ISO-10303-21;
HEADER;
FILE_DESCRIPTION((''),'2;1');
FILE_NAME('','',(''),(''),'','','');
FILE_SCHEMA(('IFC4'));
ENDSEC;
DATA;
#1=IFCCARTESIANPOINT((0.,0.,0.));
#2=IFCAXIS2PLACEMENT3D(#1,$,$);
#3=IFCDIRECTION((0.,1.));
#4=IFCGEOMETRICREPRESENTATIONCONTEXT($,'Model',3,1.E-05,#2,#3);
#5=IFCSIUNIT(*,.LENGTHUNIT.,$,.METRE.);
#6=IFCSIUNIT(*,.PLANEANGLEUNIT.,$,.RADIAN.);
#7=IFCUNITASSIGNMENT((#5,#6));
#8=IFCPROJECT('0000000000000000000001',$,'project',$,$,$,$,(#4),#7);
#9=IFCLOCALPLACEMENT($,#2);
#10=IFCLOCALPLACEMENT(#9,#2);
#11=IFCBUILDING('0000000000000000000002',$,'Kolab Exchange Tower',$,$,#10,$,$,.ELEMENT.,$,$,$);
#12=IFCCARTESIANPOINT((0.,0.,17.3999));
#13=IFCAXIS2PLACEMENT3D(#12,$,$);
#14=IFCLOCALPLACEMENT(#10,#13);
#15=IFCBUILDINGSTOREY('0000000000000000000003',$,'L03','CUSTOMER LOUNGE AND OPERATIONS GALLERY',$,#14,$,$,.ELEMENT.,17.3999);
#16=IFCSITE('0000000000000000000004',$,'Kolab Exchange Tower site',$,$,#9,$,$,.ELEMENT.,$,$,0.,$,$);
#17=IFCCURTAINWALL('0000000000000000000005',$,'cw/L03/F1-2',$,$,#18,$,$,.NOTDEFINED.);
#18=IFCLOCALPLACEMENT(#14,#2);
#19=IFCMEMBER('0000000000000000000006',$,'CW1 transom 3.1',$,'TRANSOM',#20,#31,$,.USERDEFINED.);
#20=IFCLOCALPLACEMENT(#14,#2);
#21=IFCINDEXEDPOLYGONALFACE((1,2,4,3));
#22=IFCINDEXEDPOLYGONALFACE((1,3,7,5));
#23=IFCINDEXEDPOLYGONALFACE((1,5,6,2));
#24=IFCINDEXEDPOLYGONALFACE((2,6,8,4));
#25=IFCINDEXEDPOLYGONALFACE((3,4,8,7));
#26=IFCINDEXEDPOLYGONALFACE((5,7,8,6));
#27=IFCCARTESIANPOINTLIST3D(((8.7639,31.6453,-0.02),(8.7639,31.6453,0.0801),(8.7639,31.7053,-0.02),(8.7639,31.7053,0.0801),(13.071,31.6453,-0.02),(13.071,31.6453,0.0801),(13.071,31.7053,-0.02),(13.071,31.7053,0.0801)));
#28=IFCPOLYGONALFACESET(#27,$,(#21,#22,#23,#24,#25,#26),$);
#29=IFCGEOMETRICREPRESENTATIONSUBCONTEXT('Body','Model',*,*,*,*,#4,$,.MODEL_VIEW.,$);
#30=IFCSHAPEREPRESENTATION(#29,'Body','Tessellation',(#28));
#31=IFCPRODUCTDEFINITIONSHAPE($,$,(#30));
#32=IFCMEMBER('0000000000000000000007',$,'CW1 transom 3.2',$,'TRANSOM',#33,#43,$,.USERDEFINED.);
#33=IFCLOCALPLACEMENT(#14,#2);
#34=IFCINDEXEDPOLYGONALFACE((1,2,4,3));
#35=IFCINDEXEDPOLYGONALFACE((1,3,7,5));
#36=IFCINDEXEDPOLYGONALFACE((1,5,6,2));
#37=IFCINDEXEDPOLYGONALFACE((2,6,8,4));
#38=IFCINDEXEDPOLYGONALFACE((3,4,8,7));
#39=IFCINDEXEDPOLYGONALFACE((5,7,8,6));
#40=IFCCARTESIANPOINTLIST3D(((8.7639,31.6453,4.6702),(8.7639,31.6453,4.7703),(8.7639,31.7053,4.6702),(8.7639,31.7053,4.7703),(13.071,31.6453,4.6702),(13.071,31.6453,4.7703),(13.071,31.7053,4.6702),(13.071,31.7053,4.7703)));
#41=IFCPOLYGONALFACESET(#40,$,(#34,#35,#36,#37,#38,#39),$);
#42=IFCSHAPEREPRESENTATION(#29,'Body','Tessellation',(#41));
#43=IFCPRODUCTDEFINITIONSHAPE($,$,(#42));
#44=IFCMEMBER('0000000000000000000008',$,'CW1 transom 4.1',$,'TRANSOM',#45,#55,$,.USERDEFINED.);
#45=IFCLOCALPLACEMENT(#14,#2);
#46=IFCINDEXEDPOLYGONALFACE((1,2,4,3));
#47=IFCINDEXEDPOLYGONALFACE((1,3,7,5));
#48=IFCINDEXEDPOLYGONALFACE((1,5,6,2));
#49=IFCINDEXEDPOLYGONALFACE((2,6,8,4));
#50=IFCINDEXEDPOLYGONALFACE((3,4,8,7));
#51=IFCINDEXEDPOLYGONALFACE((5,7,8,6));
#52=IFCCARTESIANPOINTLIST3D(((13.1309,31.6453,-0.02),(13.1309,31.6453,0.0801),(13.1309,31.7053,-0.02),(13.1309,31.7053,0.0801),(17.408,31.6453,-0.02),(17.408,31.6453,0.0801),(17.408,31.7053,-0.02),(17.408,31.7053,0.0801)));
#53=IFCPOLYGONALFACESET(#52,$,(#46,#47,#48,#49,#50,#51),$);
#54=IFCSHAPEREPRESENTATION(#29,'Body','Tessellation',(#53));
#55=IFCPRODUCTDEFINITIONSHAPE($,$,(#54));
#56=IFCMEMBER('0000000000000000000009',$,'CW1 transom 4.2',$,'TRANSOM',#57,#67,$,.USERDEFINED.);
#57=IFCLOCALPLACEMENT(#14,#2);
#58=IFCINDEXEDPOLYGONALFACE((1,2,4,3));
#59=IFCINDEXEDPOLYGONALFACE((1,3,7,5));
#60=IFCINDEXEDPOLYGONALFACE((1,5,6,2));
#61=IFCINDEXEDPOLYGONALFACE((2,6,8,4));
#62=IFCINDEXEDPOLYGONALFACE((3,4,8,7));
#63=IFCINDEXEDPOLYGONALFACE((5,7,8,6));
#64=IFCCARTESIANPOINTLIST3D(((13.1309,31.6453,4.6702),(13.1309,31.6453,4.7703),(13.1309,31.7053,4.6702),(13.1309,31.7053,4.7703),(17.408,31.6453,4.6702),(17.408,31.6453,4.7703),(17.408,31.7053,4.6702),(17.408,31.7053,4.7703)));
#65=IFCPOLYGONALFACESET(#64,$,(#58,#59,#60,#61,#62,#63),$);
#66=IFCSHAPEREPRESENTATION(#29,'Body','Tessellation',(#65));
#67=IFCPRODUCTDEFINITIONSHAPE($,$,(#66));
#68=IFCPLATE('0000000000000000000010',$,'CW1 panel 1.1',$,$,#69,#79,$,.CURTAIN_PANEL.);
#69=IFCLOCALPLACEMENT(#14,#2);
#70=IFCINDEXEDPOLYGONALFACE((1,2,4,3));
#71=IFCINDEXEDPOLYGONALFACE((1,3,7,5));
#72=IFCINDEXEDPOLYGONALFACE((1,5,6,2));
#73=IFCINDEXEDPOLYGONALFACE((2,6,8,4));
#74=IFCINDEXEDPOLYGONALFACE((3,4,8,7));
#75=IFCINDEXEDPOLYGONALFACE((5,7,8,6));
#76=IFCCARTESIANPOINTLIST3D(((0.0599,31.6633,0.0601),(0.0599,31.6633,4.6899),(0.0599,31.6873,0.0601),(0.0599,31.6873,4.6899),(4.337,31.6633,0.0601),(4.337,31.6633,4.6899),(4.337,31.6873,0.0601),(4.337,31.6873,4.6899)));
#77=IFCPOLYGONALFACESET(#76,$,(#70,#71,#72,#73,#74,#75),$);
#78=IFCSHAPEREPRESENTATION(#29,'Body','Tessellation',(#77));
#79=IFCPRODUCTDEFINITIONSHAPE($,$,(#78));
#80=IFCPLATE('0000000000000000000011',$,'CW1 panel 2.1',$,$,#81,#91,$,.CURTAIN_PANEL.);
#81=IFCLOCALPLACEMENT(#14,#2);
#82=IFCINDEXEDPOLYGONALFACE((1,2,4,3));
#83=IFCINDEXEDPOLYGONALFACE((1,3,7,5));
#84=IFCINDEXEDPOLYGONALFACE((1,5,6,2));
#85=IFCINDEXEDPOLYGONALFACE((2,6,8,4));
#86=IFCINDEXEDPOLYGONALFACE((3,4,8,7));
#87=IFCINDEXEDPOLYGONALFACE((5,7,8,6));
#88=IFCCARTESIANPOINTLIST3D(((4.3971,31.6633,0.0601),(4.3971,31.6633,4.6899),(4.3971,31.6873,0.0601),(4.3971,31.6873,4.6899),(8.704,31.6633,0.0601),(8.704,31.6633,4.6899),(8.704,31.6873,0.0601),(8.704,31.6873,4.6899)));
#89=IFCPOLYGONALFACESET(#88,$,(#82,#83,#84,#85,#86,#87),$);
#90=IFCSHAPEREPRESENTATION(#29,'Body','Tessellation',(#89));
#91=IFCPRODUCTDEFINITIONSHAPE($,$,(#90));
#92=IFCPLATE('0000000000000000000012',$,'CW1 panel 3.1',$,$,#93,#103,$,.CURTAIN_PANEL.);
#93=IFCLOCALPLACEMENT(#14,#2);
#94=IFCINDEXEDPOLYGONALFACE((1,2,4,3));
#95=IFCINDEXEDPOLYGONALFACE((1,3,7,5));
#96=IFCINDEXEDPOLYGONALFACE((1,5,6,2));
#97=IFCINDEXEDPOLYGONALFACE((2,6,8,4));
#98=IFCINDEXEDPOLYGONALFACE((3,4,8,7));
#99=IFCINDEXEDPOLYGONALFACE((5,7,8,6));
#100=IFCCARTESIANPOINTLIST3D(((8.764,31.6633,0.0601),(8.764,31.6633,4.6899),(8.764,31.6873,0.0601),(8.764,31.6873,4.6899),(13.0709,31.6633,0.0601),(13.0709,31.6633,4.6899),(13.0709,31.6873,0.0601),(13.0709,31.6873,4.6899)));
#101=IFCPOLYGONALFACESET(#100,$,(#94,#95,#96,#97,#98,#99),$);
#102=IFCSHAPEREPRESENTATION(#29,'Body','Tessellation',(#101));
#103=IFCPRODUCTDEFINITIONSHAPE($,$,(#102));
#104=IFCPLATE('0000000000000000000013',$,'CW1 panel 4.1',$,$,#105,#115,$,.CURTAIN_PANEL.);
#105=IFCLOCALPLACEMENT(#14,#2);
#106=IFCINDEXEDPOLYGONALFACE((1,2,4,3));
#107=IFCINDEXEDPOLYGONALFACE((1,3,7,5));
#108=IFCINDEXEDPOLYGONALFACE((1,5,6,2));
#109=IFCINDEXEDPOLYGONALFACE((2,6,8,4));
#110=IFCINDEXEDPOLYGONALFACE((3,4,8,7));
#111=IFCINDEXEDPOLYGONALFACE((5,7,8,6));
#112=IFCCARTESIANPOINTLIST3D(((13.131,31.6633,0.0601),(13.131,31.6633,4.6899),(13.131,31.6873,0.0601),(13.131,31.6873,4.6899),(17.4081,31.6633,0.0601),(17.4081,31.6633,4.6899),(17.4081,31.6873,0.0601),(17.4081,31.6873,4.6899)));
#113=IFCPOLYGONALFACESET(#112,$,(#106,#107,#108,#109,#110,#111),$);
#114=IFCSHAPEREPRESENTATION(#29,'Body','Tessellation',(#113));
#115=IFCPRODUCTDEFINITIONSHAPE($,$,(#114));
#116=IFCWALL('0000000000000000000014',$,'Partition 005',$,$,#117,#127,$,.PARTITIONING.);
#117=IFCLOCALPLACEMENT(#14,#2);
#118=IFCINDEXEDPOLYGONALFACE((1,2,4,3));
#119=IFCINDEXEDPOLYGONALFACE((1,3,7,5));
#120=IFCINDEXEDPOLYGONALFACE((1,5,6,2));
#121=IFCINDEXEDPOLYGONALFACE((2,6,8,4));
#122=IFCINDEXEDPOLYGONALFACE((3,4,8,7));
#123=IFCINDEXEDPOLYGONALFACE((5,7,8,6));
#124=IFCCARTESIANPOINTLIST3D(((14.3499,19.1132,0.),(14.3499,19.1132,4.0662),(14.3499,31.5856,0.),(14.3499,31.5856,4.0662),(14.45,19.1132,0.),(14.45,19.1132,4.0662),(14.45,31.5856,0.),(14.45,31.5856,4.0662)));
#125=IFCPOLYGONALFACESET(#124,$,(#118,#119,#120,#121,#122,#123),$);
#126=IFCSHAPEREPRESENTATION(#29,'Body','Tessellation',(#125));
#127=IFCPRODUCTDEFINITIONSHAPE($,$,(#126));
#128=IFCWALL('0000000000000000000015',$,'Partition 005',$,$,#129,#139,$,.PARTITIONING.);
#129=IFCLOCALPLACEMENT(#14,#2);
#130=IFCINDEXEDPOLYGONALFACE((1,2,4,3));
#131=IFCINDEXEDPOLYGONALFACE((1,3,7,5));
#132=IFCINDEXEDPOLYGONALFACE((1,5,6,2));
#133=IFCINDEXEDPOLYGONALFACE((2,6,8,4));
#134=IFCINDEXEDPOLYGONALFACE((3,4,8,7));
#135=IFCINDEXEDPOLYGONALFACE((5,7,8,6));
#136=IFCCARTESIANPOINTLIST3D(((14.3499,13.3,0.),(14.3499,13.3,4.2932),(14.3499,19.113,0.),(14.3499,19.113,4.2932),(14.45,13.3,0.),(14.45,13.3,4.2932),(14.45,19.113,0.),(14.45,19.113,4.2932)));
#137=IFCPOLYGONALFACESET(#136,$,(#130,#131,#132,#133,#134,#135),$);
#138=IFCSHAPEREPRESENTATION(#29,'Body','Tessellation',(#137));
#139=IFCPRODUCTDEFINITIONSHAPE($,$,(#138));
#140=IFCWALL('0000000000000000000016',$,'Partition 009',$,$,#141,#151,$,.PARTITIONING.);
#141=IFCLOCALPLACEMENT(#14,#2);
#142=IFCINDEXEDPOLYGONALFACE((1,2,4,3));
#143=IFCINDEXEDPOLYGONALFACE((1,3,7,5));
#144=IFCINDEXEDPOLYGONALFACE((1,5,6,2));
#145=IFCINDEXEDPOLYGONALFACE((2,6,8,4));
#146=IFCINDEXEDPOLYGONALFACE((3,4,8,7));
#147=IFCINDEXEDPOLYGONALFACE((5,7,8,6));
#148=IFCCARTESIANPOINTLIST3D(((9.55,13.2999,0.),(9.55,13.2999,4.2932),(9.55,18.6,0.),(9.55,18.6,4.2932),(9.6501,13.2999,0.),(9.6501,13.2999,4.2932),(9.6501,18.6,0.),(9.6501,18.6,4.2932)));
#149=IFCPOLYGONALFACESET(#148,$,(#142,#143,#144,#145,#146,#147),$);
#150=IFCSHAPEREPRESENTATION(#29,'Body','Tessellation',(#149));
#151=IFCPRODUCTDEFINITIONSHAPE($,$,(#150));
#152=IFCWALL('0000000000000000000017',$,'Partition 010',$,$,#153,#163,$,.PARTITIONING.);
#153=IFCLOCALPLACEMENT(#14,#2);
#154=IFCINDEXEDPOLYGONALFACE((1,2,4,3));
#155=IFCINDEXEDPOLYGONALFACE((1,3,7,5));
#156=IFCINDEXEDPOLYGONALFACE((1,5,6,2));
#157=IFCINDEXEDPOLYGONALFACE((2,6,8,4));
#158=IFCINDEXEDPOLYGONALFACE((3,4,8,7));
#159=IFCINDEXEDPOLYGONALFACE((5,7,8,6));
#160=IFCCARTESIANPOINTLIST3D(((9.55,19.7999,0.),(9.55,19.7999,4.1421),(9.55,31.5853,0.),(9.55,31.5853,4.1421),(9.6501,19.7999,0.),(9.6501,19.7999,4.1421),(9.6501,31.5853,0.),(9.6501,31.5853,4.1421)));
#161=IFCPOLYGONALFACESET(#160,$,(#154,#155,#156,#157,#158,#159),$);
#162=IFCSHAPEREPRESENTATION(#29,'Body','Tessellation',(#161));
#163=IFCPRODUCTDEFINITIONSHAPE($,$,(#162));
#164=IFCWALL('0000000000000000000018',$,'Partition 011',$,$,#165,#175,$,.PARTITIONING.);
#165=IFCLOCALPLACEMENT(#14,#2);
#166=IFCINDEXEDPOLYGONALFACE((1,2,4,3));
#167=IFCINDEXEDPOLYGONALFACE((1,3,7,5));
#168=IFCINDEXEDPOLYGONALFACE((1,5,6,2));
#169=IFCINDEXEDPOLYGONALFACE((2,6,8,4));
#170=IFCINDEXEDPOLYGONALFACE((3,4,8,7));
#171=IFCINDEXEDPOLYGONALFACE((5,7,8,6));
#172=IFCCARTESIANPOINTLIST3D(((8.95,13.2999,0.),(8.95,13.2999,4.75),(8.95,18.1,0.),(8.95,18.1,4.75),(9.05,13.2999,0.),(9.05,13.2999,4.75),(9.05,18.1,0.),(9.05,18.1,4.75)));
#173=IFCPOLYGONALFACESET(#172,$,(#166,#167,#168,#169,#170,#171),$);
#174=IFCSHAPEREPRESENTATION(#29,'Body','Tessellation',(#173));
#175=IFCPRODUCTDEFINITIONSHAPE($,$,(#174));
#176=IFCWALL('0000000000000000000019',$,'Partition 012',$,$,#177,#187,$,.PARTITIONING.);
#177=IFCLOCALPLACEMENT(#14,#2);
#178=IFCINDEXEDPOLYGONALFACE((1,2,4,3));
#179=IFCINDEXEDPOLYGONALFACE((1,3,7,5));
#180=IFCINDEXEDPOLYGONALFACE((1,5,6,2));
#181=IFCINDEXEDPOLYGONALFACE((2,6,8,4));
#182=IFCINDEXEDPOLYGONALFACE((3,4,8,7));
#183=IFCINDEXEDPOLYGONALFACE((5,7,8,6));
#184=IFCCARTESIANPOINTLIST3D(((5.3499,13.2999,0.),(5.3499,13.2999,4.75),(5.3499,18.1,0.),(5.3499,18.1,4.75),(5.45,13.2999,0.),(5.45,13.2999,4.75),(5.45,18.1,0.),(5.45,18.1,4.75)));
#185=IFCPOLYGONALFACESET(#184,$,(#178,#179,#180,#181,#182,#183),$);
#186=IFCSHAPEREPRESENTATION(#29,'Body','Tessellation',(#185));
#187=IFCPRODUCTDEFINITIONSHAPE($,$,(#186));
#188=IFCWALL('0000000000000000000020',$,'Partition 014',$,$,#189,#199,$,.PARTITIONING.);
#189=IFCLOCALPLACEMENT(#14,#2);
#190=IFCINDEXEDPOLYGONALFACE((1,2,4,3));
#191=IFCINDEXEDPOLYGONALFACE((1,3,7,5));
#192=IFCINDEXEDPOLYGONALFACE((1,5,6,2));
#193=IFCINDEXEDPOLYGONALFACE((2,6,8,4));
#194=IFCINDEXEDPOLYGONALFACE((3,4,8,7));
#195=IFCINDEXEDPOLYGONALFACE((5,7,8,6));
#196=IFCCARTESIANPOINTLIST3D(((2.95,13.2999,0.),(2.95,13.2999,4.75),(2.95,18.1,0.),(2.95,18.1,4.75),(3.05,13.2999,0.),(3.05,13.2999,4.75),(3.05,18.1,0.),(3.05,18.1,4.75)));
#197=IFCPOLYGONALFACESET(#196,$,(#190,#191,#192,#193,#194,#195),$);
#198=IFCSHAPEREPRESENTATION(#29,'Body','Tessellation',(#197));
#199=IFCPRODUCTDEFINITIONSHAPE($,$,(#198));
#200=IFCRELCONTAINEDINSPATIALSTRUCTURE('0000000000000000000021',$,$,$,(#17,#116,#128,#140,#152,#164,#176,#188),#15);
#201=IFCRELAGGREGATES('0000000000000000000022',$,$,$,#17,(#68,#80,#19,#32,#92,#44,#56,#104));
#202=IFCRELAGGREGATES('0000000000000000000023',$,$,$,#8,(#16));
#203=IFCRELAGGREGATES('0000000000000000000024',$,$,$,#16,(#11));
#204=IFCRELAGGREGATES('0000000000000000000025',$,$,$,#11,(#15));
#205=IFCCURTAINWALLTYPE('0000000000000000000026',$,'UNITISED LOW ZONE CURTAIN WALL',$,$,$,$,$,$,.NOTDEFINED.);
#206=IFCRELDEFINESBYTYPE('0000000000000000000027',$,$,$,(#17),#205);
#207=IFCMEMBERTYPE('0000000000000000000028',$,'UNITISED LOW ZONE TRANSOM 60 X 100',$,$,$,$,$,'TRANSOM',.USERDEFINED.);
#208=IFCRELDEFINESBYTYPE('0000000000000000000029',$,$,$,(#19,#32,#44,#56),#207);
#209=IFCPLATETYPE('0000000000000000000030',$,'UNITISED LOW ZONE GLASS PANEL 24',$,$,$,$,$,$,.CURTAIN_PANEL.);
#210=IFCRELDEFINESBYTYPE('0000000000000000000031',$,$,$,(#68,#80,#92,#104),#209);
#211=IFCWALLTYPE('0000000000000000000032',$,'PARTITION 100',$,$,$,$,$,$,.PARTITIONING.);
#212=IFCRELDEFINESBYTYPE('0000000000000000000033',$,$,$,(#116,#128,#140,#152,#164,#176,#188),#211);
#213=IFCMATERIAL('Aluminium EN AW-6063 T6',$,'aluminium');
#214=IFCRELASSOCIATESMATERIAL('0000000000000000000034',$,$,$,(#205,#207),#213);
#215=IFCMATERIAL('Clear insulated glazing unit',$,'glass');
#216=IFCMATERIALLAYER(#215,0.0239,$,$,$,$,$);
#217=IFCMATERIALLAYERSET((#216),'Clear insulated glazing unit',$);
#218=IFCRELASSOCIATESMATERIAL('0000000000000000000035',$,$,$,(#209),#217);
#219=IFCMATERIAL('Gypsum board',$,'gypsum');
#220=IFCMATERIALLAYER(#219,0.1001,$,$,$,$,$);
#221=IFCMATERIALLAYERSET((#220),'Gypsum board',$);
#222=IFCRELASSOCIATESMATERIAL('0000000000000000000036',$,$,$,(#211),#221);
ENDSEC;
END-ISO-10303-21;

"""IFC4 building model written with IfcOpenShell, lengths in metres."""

from ifc_helpers import new_model, si_unit, direction, frame, frame_2d, origin, origin_2d, place, context, subcontext, project, spatial, rectangle, extrude, material, layer, layer_set, material_profile, profile_set, type_object, element, aggregate, save


model = new_model("IFC4")

# Units and contexts
model_context = context("Model", 3, precision=1e-05, world=origin(), true_north=direction((0.0, 1.0)))
body_context = subcontext(model_context, "Body", "Model", "MODEL_VIEW")
ifc_project = project(units=[si_unit("LENGTHUNIT", "METRE"), si_unit("PLANEANGLEUNIT", "RADIAN")], contexts=[model_context])

# Site, building, storey
site_placement = place(None, origin())
site = spatial("IfcSite", under=ifc_project, at=site_placement, Name="Kolab Exchange Tower site", CompositionType="ELEMENT", RefElevation=0.0)
building_placement = place(site_placement, origin())
building = spatial("IfcBuilding", under=site, at=building_placement, Name="Kolab Exchange Tower", CompositionType="ELEMENT")
storey_placement = place(building_placement, frame((0.0, 0.0, 17.3999)))
storey = spatial("IfcBuildingStorey", under=building, at=storey_placement, Name="L03", Description="CUSTOMER LOUNGE AND OPERATIONS GALLERY", CompositionType="ELEMENT", Elevation=17.3999)

# Curtain wall, members, plates
ifc_material_1 = material(Name="Aluminium EN AW-6063 T6", Category="aluminium")
curtain_wall_type = type_object("IfcCurtainWallType", Name="UNITISED LOW ZONE CURTAIN WALL", PredefinedType="NOTDEFINED", material=ifc_material_1)
curtain_wall_placement = place(storey_placement, origin())
curtain_wall = element("IfcCurtainWall", 1, at=curtain_wall_placement, inside=storey, type_object=curtain_wall_type, Name="cw/L03/F1-2", PredefinedType="NOTDEFINED")
ifc_material_profile_1 = material_profile(ifc_material_1, rectangle(XDim=0.0601, YDim=0.1001, at=origin_2d()), Name="RECT 60X100")
ifc_profile_set_1 = profile_set([ifc_material_profile_1], Name="Aluminium EN AW-6063 T6")
member_type_1 = type_object("IfcMemberType", Name="UNITISED LOW ZONE TRANSOM 60 X 100", ElementType="TRANSOM", PredefinedType="USERDEFINED", material=ifc_profile_set_1)
member_1_placement = place(storey_placement, frame((8.7639, 31.6753, 0.03), z_axis=(1.0, 0.0, 0.0), x_axis=(0.0, 1.0, 0.0)))
member_1 = element("IfcMember", 2, at=member_1_placement, type_object=member_type_1, Name="CW1 transom 3.1", ObjectType="TRANSOM", PredefinedType="USERDEFINED", context=body_context, shape_type="SweptSolid", body=[
    extrude(rectangle(XDim=0.0601, YDim=0.1001, at=origin_2d()), origin(), (0.0, 0.0, 1.0), 4.3071),
])
member_2_placement = place(storey_placement, frame((8.7639, 31.6753, 4.7202), z_axis=(1.0, 0.0, 0.0), x_axis=(0.0, 1.0, 0.0)))
member_2 = element("IfcMember", 3, at=member_2_placement, type_object=member_type_1, Name="CW1 transom 3.2", ObjectType="TRANSOM", PredefinedType="USERDEFINED", context=body_context, shape_type="SweptSolid", body=[
    extrude(rectangle(XDim=0.0601, YDim=0.1001, at=origin_2d()), origin(), (0.0, 0.0, 1.0), 4.3071),
])
member_3_placement = place(storey_placement, frame((13.1309, 31.6753, 0.03), z_axis=(1.0, 0.0, 0.0), x_axis=(0.0, 1.0, 0.0)))
member_3 = element("IfcMember", 4, at=member_3_placement, type_object=member_type_1, Name="CW1 transom 4.1", ObjectType="TRANSOM", PredefinedType="USERDEFINED", context=body_context, shape_type="SweptSolid", body=[
    extrude(rectangle(XDim=0.0601, YDim=0.1001, at=origin_2d()), origin(), (0.0, 0.0, 1.0), 4.2771),
])
member_4_placement = place(storey_placement, frame((13.1309, 31.6753, 4.7202), z_axis=(1.0, 0.0, 0.0), x_axis=(0.0, 1.0, 0.0)))
member_4 = element("IfcMember", 5, at=member_4_placement, type_object=member_type_1, Name="CW1 transom 4.2", ObjectType="TRANSOM", PredefinedType="USERDEFINED", context=body_context, shape_type="SweptSolid", body=[
    extrude(rectangle(XDim=0.0601, YDim=0.1001, at=origin_2d()), origin(), (0.0, 0.0, 1.0), 4.2771),
])
ifc_material_2 = material(Name="Clear insulated glazing unit", Category="glass")
ifc_layer_1 = layer(ifc_material_2, 0.0239)
ifc_layer_set_1 = layer_set([ifc_layer_1], Name="Clear insulated glazing unit")
plate_type = type_object("IfcPlateType", Name="UNITISED LOW ZONE GLASS PANEL 24", PredefinedType="CURTAIN_PANEL", material=ifc_layer_set_1)
plate_1_placement = place(storey_placement, frame((2.1985, 31.6753, 0.0601), z_axis=(0.0, 0.0, 1.0), x_axis=(1.0, 0.0, 0.0)))
plate_1 = element("IfcPlate", 6, at=plate_1_placement, type_object=plate_type, Name="CW1 panel 1.1", PredefinedType="CURTAIN_PANEL", context=body_context, shape_type="SweptSolid", body=[
    extrude(rectangle(XDim=4.2771, YDim=0.0239, at=origin_2d()), origin(), (0.0, 0.0, 1.0), 4.6299),
])
plate_2_placement = place(storey_placement, frame((6.5505, 31.6753, 0.0601), z_axis=(0.0, 0.0, 1.0), x_axis=(1.0, 0.0, 0.0)))
plate_2 = element("IfcPlate", 7, at=plate_2_placement, type_object=plate_type, Name="CW1 panel 2.1", PredefinedType="CURTAIN_PANEL", context=body_context, shape_type="SweptSolid", body=[
    extrude(rectangle(XDim=4.3069, YDim=0.0239, at=origin_2d()), origin(), (0.0, 0.0, 1.0), 4.6299),
])
plate_3_placement = place(storey_placement, frame((10.9175, 31.6753, 0.0601), z_axis=(0.0, 0.0, 1.0), x_axis=(1.0, 0.0, 0.0)))
plate_3 = element("IfcPlate", 8, at=plate_3_placement, type_object=plate_type, Name="CW1 panel 3.1", PredefinedType="CURTAIN_PANEL", context=body_context, shape_type="SweptSolid", body=[
    extrude(rectangle(XDim=4.3069, YDim=0.0239, at=origin_2d()), origin(), (0.0, 0.0, 1.0), 4.6299),
])
plate_4_placement = place(storey_placement, frame((15.2695, 31.6753, 0.0601), z_axis=(0.0, 0.0, 1.0), x_axis=(1.0, 0.0, 0.0)))
plate_4 = element("IfcPlate", 9, at=plate_4_placement, type_object=plate_type, Name="CW1 panel 4.1", PredefinedType="CURTAIN_PANEL", context=body_context, shape_type="SweptSolid", body=[
    extrude(rectangle(XDim=4.2771, YDim=0.0239, at=origin_2d()), origin(), (0.0, 0.0, 1.0), 4.6299),
])
aggregate(curtain_wall, [plate_1, plate_2, member_1, member_2, plate_3, member_3, member_4, plate_4])

# Walls
ifc_material_3 = material(Name="Gypsum board", Category="gypsum")
ifc_layer_2 = layer(ifc_material_3, 0.1001)
ifc_layer_set_2 = layer_set([ifc_layer_2], Name="Gypsum board")
wall_type = type_object("IfcWallType", Name="PARTITION 100", PredefinedType="PARTITIONING", material=ifc_layer_set_2)
wall_1_placement = place(storey_placement, frame((14.3999, 19.113, 0.0), z_axis=(0.0, 0.0, 1.0), x_axis=(0.0, 1.0, 0.0)))
element("IfcWall", 10, at=wall_1_placement, inside=storey, type_object=wall_type, Name="Partition 005", PredefinedType="PARTITIONING", context=body_context, shape_type="SweptSolid", body=[
    extrude(rectangle(XDim=12.4724, YDim=0.1001, at=frame_2d((6.2363, 0.0))), origin(), (0.0, 0.0, 1.0), 4.0662),
])
wall_2_placement = place(storey_placement, frame((14.3999, 13.3, 0.0), z_axis=(0.0, 0.0, 1.0), x_axis=(0.0, 1.0, 0.0)))
element("IfcWall", 11, at=wall_2_placement, inside=storey, type_object=wall_type, Name="Partition 005", PredefinedType="PARTITIONING", context=body_context, shape_type="SweptSolid", body=[
    extrude(rectangle(XDim=5.813, YDim=0.1001, at=frame_2d((2.9065, 0.0))), origin(), (0.0, 0.0, 1.0), 4.2932),
])
wall_3_placement = place(storey_placement, frame((9.6001, 13.3, 0.0), z_axis=(0.0, 0.0, 1.0), x_axis=(0.0, 1.0, 0.0)))
element("IfcWall", 12, at=wall_3_placement, inside=storey, type_object=wall_type, Name="Partition 009", PredefinedType="PARTITIONING", context=body_context, shape_type="SweptSolid", body=[
    extrude(rectangle(XDim=5.3, YDim=0.1001, at=frame_2d((2.6499, 0.0))), origin(), (0.0, 0.0, 1.0), 4.2932),
])
wall_4_placement = place(storey_placement, frame((9.6001, 19.8, 0.0), z_axis=(0.0, 0.0, 1.0), x_axis=(0.0, 1.0, 0.0)))
element("IfcWall", 13, at=wall_4_placement, inside=storey, type_object=wall_type, Name="Partition 010", PredefinedType="PARTITIONING", context=body_context, shape_type="SweptSolid", body=[
    extrude(rectangle(XDim=11.7854, YDim=0.1001, at=frame_2d((5.8926, 0.0))), origin(), (0.0, 0.0, 1.0), 4.1421),
])
for number, where, z_axis, x_axis, name in (
    (14, (9.0, 13.3, 0.0), (0.0, 0.0, 1.0), (0.0, 1.0, 0.0), "Partition 011"),
    (15, (5.3999, 13.3, 0.0), (0.0, 0.0, 1.0), (0.0, 1.0, 0.0), "Partition 012"),
    (16, (3.0, 13.3, 0.0), (0.0, 0.0, 1.0), (0.0, 1.0, 0.0), "Partition 014"),
):
    element("IfcWall", number, at=place(storey_placement, frame(where, z_axis=z_axis, x_axis=x_axis)), inside=storey, type_object=wall_type, Name=name, PredefinedType="PARTITIONING", context=body_context, shape_type="SweptSolid", body=[
        extrude(rectangle(XDim=4.8, YDim=0.1001, at=frame_2d((2.3999, 0.0))), origin(), (0.0, 0.0, 1.0), 4.75),
    ])

save(model, "model.ifc")
